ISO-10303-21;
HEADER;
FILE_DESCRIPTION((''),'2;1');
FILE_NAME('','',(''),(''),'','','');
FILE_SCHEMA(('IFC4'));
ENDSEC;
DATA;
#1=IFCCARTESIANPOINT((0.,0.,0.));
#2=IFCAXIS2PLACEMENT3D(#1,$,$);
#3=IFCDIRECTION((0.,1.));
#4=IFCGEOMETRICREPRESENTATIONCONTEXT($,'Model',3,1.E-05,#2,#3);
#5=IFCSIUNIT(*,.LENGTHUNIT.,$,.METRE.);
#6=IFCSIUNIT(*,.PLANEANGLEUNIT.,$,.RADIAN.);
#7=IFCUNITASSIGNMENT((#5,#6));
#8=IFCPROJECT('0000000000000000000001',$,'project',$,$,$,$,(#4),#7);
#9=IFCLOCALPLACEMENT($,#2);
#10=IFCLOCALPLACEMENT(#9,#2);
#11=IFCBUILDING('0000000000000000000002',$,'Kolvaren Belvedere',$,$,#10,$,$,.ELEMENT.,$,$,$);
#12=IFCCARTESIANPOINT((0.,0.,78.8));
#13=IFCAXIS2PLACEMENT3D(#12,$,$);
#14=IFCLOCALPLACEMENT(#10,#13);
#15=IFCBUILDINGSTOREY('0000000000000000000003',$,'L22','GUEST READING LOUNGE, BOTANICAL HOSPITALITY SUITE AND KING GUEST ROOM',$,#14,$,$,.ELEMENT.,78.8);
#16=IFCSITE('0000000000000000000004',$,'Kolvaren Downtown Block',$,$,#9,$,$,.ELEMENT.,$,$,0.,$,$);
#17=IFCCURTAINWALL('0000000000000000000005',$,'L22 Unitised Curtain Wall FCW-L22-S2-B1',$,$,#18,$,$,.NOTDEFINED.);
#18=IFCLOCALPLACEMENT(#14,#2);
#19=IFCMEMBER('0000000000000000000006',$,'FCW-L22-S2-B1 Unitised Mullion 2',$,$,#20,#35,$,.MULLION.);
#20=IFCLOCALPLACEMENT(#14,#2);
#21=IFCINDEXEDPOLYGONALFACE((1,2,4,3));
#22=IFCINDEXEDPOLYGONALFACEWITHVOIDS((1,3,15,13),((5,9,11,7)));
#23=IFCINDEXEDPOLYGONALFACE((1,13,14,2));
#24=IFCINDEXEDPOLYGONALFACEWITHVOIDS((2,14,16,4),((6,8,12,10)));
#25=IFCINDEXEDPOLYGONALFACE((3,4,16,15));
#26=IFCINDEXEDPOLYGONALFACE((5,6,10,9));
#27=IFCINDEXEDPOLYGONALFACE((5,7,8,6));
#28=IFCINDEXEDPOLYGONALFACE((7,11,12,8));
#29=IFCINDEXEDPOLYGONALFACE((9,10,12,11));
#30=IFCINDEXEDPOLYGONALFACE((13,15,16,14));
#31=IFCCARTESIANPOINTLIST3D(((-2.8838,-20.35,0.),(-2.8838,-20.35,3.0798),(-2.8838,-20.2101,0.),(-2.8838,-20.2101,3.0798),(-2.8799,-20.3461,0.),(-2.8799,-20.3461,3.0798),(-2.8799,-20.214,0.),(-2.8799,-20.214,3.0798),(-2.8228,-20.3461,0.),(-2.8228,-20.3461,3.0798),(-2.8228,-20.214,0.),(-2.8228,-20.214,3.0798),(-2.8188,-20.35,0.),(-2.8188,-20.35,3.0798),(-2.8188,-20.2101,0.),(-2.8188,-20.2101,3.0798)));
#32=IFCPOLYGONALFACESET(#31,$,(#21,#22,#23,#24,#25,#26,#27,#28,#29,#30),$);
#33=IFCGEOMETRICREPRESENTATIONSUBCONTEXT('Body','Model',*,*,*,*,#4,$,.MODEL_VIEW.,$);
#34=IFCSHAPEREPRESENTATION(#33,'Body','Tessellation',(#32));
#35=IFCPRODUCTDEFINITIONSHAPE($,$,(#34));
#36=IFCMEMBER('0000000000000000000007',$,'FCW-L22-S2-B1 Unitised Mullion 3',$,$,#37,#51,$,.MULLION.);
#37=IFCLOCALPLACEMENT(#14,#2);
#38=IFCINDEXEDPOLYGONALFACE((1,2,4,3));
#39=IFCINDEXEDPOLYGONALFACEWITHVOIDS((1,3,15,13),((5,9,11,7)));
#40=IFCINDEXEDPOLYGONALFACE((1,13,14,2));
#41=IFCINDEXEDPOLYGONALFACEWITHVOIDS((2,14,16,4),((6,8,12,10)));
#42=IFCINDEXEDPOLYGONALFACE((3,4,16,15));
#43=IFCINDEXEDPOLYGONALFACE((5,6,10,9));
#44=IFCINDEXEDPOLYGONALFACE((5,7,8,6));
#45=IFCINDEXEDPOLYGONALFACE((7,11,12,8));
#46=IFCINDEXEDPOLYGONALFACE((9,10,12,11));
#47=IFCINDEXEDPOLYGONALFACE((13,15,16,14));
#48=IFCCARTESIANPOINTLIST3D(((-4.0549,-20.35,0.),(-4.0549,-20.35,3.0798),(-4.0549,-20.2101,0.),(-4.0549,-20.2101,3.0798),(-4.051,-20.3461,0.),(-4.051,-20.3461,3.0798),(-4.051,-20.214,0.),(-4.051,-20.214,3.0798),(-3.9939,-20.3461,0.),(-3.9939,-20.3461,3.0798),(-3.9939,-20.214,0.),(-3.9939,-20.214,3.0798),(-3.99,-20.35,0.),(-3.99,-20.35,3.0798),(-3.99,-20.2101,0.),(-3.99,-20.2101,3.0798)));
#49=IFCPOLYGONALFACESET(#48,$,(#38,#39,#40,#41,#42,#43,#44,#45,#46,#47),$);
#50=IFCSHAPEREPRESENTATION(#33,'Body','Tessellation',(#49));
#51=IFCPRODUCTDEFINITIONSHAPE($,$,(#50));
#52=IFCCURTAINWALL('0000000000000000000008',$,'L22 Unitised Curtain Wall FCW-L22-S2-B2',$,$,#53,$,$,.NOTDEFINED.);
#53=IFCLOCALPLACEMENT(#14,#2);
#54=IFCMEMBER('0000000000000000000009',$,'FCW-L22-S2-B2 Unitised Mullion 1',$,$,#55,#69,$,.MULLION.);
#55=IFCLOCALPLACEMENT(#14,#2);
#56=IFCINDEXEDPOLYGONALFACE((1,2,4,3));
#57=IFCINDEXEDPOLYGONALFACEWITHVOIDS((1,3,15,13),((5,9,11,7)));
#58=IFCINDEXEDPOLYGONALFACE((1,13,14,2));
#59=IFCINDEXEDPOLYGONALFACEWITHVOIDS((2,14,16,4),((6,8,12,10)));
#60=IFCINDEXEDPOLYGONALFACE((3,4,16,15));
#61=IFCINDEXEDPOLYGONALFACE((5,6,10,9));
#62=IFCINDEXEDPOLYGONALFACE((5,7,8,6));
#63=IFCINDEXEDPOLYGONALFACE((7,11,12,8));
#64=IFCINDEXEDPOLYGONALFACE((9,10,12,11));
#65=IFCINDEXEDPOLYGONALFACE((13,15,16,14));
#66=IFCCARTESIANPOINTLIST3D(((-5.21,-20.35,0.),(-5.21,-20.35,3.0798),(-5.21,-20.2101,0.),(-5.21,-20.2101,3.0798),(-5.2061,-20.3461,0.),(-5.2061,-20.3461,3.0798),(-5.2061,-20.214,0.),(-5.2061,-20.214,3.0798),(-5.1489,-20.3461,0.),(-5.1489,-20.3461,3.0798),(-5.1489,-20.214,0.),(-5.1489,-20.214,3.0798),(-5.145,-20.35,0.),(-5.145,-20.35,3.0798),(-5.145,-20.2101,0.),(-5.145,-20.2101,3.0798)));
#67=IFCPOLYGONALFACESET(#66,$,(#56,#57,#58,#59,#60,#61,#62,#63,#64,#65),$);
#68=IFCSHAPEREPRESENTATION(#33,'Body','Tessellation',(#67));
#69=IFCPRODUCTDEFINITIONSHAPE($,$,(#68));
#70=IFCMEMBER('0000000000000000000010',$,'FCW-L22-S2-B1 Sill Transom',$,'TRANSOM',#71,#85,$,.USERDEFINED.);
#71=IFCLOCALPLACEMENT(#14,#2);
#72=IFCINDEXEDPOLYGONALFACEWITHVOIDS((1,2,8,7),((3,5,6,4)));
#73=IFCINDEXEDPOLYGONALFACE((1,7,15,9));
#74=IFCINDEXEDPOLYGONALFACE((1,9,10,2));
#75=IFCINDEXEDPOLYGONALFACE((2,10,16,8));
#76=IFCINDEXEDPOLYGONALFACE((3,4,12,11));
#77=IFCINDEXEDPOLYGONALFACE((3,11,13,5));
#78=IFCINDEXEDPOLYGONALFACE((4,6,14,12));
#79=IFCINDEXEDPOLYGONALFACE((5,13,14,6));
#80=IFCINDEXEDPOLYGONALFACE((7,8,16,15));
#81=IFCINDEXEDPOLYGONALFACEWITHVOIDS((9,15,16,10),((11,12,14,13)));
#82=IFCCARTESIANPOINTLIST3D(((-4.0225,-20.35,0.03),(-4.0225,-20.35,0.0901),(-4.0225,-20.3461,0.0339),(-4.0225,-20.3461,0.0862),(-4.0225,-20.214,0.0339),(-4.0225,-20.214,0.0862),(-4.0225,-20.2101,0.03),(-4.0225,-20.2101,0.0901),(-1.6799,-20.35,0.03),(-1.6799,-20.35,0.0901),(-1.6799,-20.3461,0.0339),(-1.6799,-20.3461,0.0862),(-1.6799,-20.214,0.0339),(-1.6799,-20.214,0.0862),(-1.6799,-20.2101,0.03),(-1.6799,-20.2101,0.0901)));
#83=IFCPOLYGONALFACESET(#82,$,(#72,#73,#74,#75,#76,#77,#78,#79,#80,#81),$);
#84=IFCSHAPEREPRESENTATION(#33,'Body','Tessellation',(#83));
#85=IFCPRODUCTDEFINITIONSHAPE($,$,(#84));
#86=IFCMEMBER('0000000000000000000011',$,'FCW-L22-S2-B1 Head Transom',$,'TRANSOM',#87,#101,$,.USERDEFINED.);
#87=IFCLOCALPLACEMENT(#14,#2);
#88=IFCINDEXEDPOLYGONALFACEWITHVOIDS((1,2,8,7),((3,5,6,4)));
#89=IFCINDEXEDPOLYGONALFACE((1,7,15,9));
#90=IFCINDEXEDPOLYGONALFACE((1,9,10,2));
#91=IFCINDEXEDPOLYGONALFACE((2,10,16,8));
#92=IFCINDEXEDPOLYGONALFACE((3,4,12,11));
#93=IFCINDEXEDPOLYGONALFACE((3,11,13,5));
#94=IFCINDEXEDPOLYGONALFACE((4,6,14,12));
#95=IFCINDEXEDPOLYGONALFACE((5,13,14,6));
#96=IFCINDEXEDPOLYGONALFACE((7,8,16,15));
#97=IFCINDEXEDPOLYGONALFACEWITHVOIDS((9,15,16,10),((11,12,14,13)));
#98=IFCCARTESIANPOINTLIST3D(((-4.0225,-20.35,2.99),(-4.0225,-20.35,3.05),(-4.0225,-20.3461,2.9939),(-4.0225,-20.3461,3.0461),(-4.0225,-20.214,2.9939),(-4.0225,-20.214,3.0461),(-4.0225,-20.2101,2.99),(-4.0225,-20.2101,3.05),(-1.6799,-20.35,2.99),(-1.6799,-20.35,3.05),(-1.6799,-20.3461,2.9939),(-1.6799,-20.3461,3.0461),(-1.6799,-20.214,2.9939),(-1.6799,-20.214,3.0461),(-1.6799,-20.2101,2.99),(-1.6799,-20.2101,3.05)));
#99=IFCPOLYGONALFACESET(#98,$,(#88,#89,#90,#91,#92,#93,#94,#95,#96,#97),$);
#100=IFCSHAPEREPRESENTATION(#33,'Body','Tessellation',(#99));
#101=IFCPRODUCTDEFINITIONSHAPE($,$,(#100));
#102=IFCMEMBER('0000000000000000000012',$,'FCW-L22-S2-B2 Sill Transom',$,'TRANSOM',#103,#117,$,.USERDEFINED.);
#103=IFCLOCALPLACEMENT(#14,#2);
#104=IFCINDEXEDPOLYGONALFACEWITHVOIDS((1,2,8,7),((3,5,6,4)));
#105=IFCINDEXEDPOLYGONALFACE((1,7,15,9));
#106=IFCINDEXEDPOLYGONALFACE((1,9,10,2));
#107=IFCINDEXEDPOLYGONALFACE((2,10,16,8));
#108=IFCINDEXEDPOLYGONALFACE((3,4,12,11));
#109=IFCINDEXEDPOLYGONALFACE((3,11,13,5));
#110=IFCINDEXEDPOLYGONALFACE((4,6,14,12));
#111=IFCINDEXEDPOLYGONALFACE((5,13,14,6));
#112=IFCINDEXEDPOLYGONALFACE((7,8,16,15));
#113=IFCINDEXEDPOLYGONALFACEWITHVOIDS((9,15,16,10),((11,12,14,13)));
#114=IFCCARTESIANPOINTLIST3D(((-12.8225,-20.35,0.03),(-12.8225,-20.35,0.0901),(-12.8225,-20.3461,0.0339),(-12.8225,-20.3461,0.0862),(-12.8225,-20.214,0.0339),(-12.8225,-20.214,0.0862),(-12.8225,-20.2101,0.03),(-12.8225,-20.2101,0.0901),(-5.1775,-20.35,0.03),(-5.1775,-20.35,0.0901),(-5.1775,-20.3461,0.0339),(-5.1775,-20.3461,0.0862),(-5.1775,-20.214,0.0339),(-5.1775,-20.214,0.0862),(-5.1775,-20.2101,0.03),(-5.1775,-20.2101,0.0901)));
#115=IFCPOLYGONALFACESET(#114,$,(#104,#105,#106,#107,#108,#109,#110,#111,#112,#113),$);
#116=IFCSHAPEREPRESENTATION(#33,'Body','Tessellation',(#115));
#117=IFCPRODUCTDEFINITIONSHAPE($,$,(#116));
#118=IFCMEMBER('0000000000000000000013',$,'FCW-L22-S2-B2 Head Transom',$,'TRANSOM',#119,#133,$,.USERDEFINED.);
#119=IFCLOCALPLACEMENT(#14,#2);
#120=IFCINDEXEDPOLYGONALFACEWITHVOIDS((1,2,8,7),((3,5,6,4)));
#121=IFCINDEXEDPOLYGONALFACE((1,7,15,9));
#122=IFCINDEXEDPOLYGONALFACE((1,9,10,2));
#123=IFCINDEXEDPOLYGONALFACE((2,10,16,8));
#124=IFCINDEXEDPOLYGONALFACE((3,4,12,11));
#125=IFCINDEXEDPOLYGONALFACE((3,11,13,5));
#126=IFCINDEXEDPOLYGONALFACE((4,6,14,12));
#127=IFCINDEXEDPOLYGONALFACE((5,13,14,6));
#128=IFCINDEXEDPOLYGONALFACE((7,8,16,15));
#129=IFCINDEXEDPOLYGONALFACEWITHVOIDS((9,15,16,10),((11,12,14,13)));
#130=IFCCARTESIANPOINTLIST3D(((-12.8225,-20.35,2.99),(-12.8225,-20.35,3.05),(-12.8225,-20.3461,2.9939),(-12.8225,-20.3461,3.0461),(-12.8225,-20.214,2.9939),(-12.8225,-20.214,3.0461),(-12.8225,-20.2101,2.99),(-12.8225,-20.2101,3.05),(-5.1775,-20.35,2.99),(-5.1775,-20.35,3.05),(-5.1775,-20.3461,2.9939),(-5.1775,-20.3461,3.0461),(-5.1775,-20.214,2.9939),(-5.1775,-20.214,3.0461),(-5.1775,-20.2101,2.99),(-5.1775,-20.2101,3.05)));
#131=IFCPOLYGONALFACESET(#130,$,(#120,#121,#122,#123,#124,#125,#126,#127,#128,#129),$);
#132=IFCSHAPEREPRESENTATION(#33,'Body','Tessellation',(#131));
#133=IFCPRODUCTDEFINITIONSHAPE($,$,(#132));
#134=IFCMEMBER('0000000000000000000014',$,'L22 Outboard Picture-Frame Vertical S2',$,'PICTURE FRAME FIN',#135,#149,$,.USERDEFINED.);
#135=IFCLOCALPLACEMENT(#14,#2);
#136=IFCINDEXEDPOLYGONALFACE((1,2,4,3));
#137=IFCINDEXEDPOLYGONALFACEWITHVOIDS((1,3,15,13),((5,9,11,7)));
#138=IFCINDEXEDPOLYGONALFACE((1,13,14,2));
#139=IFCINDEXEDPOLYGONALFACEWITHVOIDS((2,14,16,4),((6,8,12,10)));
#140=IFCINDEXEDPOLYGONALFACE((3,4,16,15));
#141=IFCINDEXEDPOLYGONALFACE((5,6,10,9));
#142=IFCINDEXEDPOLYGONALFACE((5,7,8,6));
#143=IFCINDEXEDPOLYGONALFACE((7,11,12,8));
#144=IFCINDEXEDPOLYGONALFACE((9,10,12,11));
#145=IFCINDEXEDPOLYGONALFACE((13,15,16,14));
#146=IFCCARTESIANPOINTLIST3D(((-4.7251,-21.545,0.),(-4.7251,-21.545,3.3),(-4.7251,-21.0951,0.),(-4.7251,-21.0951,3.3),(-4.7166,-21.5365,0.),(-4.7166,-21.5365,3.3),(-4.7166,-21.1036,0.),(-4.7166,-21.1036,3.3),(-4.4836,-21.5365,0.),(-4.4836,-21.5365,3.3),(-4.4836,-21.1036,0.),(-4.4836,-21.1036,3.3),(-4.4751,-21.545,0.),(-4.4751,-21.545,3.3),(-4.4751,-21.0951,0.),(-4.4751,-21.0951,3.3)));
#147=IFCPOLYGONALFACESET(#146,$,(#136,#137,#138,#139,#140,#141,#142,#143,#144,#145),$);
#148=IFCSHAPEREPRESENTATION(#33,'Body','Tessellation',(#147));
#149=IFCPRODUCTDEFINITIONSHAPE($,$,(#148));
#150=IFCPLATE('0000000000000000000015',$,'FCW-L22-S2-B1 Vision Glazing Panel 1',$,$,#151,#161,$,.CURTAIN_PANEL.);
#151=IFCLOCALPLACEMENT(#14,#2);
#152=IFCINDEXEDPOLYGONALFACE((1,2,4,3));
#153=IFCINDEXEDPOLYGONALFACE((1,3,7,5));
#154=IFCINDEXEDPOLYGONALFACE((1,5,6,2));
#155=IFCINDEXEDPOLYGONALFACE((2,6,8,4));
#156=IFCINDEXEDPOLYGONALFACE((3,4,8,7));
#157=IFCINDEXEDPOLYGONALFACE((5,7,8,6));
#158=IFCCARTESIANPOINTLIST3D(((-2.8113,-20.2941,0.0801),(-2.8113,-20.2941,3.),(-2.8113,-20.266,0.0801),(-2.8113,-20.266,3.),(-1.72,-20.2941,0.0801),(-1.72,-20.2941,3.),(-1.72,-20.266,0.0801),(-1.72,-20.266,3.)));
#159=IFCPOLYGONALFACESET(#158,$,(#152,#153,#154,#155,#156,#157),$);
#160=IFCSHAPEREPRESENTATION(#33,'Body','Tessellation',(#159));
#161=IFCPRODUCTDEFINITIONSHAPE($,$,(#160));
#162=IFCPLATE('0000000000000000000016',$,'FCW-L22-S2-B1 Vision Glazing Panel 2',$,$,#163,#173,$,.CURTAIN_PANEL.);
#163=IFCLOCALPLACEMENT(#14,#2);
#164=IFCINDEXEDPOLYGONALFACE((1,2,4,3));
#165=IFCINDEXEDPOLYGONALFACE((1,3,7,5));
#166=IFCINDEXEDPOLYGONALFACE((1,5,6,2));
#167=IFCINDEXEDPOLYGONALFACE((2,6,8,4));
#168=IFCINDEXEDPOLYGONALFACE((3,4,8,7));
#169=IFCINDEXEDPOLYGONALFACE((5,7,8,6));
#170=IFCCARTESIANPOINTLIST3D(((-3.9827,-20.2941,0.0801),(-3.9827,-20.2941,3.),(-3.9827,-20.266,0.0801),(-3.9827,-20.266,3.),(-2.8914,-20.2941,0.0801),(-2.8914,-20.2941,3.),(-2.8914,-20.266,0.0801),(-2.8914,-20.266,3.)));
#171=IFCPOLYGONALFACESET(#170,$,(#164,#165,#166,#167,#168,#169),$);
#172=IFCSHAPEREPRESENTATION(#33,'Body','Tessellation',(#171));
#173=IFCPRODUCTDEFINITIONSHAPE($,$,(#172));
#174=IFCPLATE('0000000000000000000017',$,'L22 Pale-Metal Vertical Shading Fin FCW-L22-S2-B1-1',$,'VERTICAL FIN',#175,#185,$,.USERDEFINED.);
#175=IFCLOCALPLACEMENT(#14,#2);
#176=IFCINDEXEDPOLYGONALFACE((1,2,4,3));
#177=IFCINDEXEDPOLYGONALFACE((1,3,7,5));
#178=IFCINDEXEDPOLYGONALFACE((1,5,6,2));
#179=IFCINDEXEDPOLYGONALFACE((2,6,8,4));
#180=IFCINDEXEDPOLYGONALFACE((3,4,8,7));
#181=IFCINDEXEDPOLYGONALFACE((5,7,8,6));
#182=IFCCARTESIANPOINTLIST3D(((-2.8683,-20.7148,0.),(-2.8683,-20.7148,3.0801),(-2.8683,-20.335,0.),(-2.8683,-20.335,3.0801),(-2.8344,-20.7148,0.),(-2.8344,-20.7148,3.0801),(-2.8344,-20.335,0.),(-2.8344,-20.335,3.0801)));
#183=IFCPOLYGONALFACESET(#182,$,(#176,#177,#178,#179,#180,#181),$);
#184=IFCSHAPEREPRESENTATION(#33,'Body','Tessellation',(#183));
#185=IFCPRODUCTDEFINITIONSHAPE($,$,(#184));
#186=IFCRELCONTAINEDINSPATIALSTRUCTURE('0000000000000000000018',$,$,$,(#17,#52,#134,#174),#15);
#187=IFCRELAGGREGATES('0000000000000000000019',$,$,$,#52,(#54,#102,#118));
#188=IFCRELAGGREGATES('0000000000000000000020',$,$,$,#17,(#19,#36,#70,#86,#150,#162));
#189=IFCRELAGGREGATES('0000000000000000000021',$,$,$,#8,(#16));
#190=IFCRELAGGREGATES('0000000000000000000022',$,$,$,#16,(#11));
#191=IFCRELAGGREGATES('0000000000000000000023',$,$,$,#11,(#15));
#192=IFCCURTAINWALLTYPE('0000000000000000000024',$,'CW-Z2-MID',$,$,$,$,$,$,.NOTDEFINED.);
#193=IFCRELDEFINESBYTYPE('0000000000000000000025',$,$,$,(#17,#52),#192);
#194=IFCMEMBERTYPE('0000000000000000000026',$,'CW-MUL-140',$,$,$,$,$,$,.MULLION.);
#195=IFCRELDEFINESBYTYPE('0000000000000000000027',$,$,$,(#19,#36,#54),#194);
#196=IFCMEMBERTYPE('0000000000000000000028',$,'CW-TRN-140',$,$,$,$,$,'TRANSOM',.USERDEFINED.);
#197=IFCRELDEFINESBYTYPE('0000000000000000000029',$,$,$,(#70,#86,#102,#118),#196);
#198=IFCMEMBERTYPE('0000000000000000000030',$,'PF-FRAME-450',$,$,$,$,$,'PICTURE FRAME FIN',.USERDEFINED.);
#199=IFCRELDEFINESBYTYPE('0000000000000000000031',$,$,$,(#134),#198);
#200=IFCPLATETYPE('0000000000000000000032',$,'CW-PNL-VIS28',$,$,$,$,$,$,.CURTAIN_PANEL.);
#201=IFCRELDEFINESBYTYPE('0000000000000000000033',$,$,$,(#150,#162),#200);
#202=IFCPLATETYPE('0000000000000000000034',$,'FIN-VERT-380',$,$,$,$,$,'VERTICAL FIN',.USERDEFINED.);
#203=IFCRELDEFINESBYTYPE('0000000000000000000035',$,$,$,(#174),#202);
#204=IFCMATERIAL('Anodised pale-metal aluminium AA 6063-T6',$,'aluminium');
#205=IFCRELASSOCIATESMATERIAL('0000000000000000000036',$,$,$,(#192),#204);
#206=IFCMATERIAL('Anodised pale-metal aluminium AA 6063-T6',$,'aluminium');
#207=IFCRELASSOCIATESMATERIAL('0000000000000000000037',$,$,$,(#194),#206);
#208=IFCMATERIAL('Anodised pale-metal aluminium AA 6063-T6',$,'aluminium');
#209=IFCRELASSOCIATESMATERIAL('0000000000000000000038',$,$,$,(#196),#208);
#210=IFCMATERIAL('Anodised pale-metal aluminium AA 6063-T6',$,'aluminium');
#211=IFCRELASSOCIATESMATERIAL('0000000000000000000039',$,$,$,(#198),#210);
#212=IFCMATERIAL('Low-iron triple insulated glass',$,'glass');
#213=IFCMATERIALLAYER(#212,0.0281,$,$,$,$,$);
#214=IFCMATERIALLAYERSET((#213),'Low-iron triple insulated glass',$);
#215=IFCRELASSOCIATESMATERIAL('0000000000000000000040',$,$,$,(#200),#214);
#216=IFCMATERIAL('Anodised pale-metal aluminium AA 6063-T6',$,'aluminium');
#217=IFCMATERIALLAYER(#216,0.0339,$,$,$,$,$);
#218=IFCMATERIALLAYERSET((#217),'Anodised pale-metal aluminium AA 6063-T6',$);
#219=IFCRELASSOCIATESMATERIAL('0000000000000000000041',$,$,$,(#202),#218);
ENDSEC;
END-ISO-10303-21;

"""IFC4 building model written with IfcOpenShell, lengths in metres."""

from ifc_helpers import new_model, si_unit, direction, frame, origin, origin_2d, place, context, subcontext, project, spatial, rectangle, hollow_rectangle, extrude, material, layer, layer_set, material_profile, profile_set, type_object, element, aggregate, save


model = new_model("IFC4")

# Units and contexts
model_context = context("Model", 3, precision=1e-05, world=origin(), true_north=direction((0.0, 1.0)))
body_context = subcontext(model_context, "Body", "Model", "MODEL_VIEW")
ifc_project = project(units=[si_unit("LENGTHUNIT", "METRE"), si_unit("PLANEANGLEUNIT", "RADIAN")], contexts=[model_context])

# Site, building, storey
site_placement = place(None, origin())
site = spatial("IfcSite", under=ifc_project, at=site_placement, Name="Kolvaren Downtown Block", CompositionType="ELEMENT", RefElevation=0.0)
building_placement = place(site_placement, origin())
building = spatial("IfcBuilding", under=site, at=building_placement, Name="Kolvaren Belvedere", CompositionType="ELEMENT")
storey_placement = place(building_placement, frame((0.0, 0.0, 78.8)))
storey = spatial("IfcBuildingStorey", under=building, at=storey_placement, Name="L22", Description="GUEST READING LOUNGE, BOTANICAL HOSPITALITY SUITE AND KING GUEST ROOM", CompositionType="ELEMENT", Elevation=78.8)

# Curtain wall, members
ifc_material_1 = material(Name="Anodised pale-metal aluminium AA 6063-T6", Category="aluminium")
curtain_wall_type = type_object("IfcCurtainWallType", Name="CW-Z2-MID", PredefinedType="NOTDEFINED", material=ifc_material_1)
curtain_wall_1_placement = place(storey_placement, origin())
curtain_wall_1 = element("IfcCurtainWall", 1, at=curtain_wall_1_placement, inside=storey, type_object=curtain_wall_type, Name="L22 Unitised Curtain Wall FCW-L22-S2-B1", PredefinedType="NOTDEFINED")
ifc_material_2 = material(Name="Anodised pale-metal aluminium AA 6063-T6", Category="aluminium")
ifc_material_profile_1 = material_profile(ifc_material_2, hollow_rectangle(XDim=0.0649, YDim=0.1399, WallThickness=0.0039, at=origin_2d()), Name="ALU-MUL-140X65")
ifc_profile_set_1 = profile_set([ifc_material_profile_1], Name="Anodised pale-metal aluminium AA 6063-T6")
member_type_1 = type_object("IfcMemberType", Name="CW-MUL-140", PredefinedType="MULLION", material=ifc_profile_set_1)
member_1_placement = place(storey_placement, frame((-2.8513, -20.28, 0.0), z_axis=(0.0, 0.0, 1.0), x_axis=(1.0, 0.0, 0.0)))
member_1 = element("IfcMember", 2, at=member_1_placement, type_object=member_type_1, Name="FCW-L22-S2-B1 Unitised Mullion 2", PredefinedType="MULLION", context=body_context, shape_type="SweptSolid", body=[
    extrude(hollow_rectangle(XDim=0.0649, YDim=0.1399, WallThickness=0.0039, at=origin_2d()), origin(), (0.0, 0.0, 1.0), 3.0798),
])
member_2_placement = place(storey_placement, frame((-4.0225, -20.28, 0.0), z_axis=(0.0, 0.0, 1.0), x_axis=(1.0, 0.0, 0.0)))
member_2 = element("IfcMember", 3, at=member_2_placement, type_object=member_type_1, Name="FCW-L22-S2-B1 Unitised Mullion 3", PredefinedType="MULLION", context=body_context, shape_type="SweptSolid", body=[
    extrude(hollow_rectangle(XDim=0.0649, YDim=0.1399, WallThickness=0.0039, at=origin_2d()), origin(), (0.0, 0.0, 1.0), 3.0798),
])

# Curtain wall, member
curtain_wall_2_placement = place(storey_placement, origin())
curtain_wall_2 = element("IfcCurtainWall", 4, at=curtain_wall_2_placement, inside=storey, type_object=curtain_wall_type, Name="L22 Unitised Curtain Wall FCW-L22-S2-B2", PredefinedType="NOTDEFINED")
member_3_placement = place(storey_placement, frame((-5.1775, -20.28, 0.0), z_axis=(0.0, 0.0, 1.0), x_axis=(1.0, 0.0, 0.0)))
member_3 = element("IfcMember", 5, at=member_3_placement, type_object=member_type_1, Name="FCW-L22-S2-B2 Unitised Mullion 1", PredefinedType="MULLION", context=body_context, shape_type="SweptSolid", body=[
    extrude(hollow_rectangle(XDim=0.0649, YDim=0.1399, WallThickness=0.0039, at=origin_2d()), origin(), (0.0, 0.0, 1.0), 3.0798),
])

# Members
ifc_material_3 = material(Name="Anodised pale-metal aluminium AA 6063-T6", Category="aluminium")
ifc_material_profile_2 = material_profile(ifc_material_3, hollow_rectangle(XDim=0.0601, YDim=0.1399, WallThickness=0.0039, at=origin_2d()), Name="ALU-TRN-140X60")
ifc_profile_set_2 = profile_set([ifc_material_profile_2], Name="Anodised pale-metal aluminium AA 6063-T6")
member_type_2 = type_object("IfcMemberType", Name="CW-TRN-140", ElementType="TRANSOM", PredefinedType="USERDEFINED", material=ifc_profile_set_2)
member_4_placement = place(storey_placement, frame((-1.6799, -20.28, 0.0601), z_axis=(-1.0, 0.0, 0.0), x_axis=(0.0, 0.0, 1.0)))
member_4 = element("IfcMember", 6, at=member_4_placement, type_object=member_type_2, Name="FCW-L22-S2-B1 Sill Transom", ObjectType="TRANSOM", PredefinedType="USERDEFINED", context=body_context, shape_type="SweptSolid", body=[
    extrude(hollow_rectangle(XDim=0.0601, YDim=0.1399, WallThickness=0.0039, at=origin_2d()), origin(), (0.0, 0.0, 1.0), 2.3425),
])
member_5_placement = place(storey_placement, frame((-1.6799, -20.28, 3.02), z_axis=(-1.0, 0.0, 0.0), x_axis=(0.0, 0.0, 1.0)))
member_5 = element("IfcMember", 7, at=member_5_placement, type_object=member_type_2, Name="FCW-L22-S2-B1 Head Transom", ObjectType="TRANSOM", PredefinedType="USERDEFINED", context=body_context, shape_type="SweptSolid", body=[
    extrude(hollow_rectangle(XDim=0.0601, YDim=0.1399, WallThickness=0.0039, at=origin_2d()), origin(), (0.0, 0.0, 1.0), 2.3425),
])
member_6_placement = place(storey_placement, frame((-5.1775, -20.28, 0.0601), z_axis=(-1.0, 0.0, 0.0), x_axis=(0.0, 0.0, 1.0)))
member_6 = element("IfcMember", 8, at=member_6_placement, type_object=member_type_2, Name="FCW-L22-S2-B2 Sill Transom", ObjectType="TRANSOM", PredefinedType="USERDEFINED", context=body_context, shape_type="SweptSolid", body=[
    extrude(hollow_rectangle(XDim=0.0601, YDim=0.1399, WallThickness=0.0039, at=origin_2d()), origin(), (0.0, 0.0, 1.0), 7.645),
])
member_7_placement = place(storey_placement, frame((-5.1775, -20.28, 3.02), z_axis=(-1.0, 0.0, 0.0), x_axis=(0.0, 0.0, 1.0)))
member_7 = element("IfcMember", 9, at=member_7_placement, type_object=member_type_2, Name="FCW-L22-S2-B2 Head Transom", ObjectType="TRANSOM", PredefinedType="USERDEFINED", context=body_context, shape_type="SweptSolid", body=[
    extrude(hollow_rectangle(XDim=0.0601, YDim=0.1399, WallThickness=0.0039, at=origin_2d()), origin(), (0.0, 0.0, 1.0), 7.645),
])
aggregate(curtain_wall_2, [member_3, member_6, member_7])
ifc_material_4 = material(Name="Anodised pale-metal aluminium AA 6063-T6", Category="aluminium")
ifc_material_profile_3 = material_profile(ifc_material_4, hollow_rectangle(XDim=0.25, YDim=0.45, WallThickness=0.0085, at=origin_2d()), Name="ALU-PF-450X250")
ifc_profile_set_3 = profile_set([ifc_material_profile_3], Name="Anodised pale-metal aluminium AA 6063-T6")
member_type_3 = type_object("IfcMemberType", Name="PF-FRAME-450", ElementType="PICTURE FRAME FIN", PredefinedType="USERDEFINED", material=ifc_profile_set_3)
member_8_placement = place(storey_placement, frame((-4.6001, -21.3201, 0.0), z_axis=(0.0, 0.0, 1.0), x_axis=(1.0, 0.0, 0.0)))
element("IfcMember", 10, at=member_8_placement, inside=storey, type_object=member_type_3, Name="L22 Outboard Picture-Frame Vertical S2", ObjectType="PICTURE FRAME FIN", PredefinedType="USERDEFINED", context=body_context, shape_type="SweptSolid", body=[
    extrude(hollow_rectangle(XDim=0.25, YDim=0.45, WallThickness=0.0085, at=origin_2d()), origin(), (0.0, 0.0, 1.0), 3.3),
])

# Plates
ifc_material_5 = material(Name="Low-iron triple insulated glass", Category="glass")
ifc_layer_1 = layer(ifc_material_5, 0.0281)
ifc_layer_set_1 = layer_set([ifc_layer_1], Name="Low-iron triple insulated glass")
plate_type_1 = type_object("IfcPlateType", Name="CW-PNL-VIS28", PredefinedType="CURTAIN_PANEL", material=ifc_layer_set_1)
plate_1_placement = place(storey_placement, frame((-2.2656, -20.28, 0.0801), z_axis=(0.0, 0.0, 1.0), x_axis=(-1.0, 0.0, 0.0)))
plate_1 = element("IfcPlate", 11, at=plate_1_placement, type_object=plate_type_1, Name="FCW-L22-S2-B1 Vision Glazing Panel 1", PredefinedType="CURTAIN_PANEL", context=body_context, shape_type="SweptSolid", body=[
    extrude(rectangle(XDim=1.0913, YDim=0.0281, at=origin_2d()), origin(), (0.0, 0.0, 1.0), 2.9199),
])
plate_2_placement = place(storey_placement, frame((-3.437, -20.28, 0.0801), z_axis=(0.0, 0.0, 1.0), x_axis=(-1.0, 0.0, 0.0)))
plate_2 = element("IfcPlate", 12, at=plate_2_placement, type_object=plate_type_1, Name="FCW-L22-S2-B1 Vision Glazing Panel 2", PredefinedType="CURTAIN_PANEL", context=body_context, shape_type="SweptSolid", body=[
    extrude(rectangle(XDim=1.0913, YDim=0.0281, at=origin_2d()), origin(), (0.0, 0.0, 1.0), 2.9199),
])
aggregate(curtain_wall_1, [member_1, member_2, member_4, member_5, plate_1, plate_2])
ifc_material_6 = material(Name="Anodised pale-metal aluminium AA 6063-T6", Category="aluminium")
ifc_layer_2 = layer(ifc_material_6, 0.0339)
ifc_layer_set_2 = layer_set([ifc_layer_2], Name="Anodised pale-metal aluminium AA 6063-T6")
plate_type_2 = type_object("IfcPlateType", Name="FIN-VERT-380", ElementType="VERTICAL FIN", PredefinedType="USERDEFINED", material=ifc_layer_set_2)
plate_3_placement = place(storey_placement, frame((-2.8513, -20.5249, 0.0), z_axis=(0.0, 0.0, 1.0), x_axis=(0.0, 1.0, 0.0)))
element("IfcPlate", 13, at=plate_3_placement, inside=storey, type_object=plate_type_2, Name="L22 Pale-Metal Vertical Shading Fin FCW-L22-S2-B1-1", ObjectType="VERTICAL FIN", PredefinedType="USERDEFINED", context=body_context, shape_type="SweptSolid", body=[
    extrude(rectangle(XDim=0.3799, YDim=0.0339, at=origin_2d()), origin(), (0.0, 0.0, 1.0), 3.0801),
])

save(model, "model.ifc")
